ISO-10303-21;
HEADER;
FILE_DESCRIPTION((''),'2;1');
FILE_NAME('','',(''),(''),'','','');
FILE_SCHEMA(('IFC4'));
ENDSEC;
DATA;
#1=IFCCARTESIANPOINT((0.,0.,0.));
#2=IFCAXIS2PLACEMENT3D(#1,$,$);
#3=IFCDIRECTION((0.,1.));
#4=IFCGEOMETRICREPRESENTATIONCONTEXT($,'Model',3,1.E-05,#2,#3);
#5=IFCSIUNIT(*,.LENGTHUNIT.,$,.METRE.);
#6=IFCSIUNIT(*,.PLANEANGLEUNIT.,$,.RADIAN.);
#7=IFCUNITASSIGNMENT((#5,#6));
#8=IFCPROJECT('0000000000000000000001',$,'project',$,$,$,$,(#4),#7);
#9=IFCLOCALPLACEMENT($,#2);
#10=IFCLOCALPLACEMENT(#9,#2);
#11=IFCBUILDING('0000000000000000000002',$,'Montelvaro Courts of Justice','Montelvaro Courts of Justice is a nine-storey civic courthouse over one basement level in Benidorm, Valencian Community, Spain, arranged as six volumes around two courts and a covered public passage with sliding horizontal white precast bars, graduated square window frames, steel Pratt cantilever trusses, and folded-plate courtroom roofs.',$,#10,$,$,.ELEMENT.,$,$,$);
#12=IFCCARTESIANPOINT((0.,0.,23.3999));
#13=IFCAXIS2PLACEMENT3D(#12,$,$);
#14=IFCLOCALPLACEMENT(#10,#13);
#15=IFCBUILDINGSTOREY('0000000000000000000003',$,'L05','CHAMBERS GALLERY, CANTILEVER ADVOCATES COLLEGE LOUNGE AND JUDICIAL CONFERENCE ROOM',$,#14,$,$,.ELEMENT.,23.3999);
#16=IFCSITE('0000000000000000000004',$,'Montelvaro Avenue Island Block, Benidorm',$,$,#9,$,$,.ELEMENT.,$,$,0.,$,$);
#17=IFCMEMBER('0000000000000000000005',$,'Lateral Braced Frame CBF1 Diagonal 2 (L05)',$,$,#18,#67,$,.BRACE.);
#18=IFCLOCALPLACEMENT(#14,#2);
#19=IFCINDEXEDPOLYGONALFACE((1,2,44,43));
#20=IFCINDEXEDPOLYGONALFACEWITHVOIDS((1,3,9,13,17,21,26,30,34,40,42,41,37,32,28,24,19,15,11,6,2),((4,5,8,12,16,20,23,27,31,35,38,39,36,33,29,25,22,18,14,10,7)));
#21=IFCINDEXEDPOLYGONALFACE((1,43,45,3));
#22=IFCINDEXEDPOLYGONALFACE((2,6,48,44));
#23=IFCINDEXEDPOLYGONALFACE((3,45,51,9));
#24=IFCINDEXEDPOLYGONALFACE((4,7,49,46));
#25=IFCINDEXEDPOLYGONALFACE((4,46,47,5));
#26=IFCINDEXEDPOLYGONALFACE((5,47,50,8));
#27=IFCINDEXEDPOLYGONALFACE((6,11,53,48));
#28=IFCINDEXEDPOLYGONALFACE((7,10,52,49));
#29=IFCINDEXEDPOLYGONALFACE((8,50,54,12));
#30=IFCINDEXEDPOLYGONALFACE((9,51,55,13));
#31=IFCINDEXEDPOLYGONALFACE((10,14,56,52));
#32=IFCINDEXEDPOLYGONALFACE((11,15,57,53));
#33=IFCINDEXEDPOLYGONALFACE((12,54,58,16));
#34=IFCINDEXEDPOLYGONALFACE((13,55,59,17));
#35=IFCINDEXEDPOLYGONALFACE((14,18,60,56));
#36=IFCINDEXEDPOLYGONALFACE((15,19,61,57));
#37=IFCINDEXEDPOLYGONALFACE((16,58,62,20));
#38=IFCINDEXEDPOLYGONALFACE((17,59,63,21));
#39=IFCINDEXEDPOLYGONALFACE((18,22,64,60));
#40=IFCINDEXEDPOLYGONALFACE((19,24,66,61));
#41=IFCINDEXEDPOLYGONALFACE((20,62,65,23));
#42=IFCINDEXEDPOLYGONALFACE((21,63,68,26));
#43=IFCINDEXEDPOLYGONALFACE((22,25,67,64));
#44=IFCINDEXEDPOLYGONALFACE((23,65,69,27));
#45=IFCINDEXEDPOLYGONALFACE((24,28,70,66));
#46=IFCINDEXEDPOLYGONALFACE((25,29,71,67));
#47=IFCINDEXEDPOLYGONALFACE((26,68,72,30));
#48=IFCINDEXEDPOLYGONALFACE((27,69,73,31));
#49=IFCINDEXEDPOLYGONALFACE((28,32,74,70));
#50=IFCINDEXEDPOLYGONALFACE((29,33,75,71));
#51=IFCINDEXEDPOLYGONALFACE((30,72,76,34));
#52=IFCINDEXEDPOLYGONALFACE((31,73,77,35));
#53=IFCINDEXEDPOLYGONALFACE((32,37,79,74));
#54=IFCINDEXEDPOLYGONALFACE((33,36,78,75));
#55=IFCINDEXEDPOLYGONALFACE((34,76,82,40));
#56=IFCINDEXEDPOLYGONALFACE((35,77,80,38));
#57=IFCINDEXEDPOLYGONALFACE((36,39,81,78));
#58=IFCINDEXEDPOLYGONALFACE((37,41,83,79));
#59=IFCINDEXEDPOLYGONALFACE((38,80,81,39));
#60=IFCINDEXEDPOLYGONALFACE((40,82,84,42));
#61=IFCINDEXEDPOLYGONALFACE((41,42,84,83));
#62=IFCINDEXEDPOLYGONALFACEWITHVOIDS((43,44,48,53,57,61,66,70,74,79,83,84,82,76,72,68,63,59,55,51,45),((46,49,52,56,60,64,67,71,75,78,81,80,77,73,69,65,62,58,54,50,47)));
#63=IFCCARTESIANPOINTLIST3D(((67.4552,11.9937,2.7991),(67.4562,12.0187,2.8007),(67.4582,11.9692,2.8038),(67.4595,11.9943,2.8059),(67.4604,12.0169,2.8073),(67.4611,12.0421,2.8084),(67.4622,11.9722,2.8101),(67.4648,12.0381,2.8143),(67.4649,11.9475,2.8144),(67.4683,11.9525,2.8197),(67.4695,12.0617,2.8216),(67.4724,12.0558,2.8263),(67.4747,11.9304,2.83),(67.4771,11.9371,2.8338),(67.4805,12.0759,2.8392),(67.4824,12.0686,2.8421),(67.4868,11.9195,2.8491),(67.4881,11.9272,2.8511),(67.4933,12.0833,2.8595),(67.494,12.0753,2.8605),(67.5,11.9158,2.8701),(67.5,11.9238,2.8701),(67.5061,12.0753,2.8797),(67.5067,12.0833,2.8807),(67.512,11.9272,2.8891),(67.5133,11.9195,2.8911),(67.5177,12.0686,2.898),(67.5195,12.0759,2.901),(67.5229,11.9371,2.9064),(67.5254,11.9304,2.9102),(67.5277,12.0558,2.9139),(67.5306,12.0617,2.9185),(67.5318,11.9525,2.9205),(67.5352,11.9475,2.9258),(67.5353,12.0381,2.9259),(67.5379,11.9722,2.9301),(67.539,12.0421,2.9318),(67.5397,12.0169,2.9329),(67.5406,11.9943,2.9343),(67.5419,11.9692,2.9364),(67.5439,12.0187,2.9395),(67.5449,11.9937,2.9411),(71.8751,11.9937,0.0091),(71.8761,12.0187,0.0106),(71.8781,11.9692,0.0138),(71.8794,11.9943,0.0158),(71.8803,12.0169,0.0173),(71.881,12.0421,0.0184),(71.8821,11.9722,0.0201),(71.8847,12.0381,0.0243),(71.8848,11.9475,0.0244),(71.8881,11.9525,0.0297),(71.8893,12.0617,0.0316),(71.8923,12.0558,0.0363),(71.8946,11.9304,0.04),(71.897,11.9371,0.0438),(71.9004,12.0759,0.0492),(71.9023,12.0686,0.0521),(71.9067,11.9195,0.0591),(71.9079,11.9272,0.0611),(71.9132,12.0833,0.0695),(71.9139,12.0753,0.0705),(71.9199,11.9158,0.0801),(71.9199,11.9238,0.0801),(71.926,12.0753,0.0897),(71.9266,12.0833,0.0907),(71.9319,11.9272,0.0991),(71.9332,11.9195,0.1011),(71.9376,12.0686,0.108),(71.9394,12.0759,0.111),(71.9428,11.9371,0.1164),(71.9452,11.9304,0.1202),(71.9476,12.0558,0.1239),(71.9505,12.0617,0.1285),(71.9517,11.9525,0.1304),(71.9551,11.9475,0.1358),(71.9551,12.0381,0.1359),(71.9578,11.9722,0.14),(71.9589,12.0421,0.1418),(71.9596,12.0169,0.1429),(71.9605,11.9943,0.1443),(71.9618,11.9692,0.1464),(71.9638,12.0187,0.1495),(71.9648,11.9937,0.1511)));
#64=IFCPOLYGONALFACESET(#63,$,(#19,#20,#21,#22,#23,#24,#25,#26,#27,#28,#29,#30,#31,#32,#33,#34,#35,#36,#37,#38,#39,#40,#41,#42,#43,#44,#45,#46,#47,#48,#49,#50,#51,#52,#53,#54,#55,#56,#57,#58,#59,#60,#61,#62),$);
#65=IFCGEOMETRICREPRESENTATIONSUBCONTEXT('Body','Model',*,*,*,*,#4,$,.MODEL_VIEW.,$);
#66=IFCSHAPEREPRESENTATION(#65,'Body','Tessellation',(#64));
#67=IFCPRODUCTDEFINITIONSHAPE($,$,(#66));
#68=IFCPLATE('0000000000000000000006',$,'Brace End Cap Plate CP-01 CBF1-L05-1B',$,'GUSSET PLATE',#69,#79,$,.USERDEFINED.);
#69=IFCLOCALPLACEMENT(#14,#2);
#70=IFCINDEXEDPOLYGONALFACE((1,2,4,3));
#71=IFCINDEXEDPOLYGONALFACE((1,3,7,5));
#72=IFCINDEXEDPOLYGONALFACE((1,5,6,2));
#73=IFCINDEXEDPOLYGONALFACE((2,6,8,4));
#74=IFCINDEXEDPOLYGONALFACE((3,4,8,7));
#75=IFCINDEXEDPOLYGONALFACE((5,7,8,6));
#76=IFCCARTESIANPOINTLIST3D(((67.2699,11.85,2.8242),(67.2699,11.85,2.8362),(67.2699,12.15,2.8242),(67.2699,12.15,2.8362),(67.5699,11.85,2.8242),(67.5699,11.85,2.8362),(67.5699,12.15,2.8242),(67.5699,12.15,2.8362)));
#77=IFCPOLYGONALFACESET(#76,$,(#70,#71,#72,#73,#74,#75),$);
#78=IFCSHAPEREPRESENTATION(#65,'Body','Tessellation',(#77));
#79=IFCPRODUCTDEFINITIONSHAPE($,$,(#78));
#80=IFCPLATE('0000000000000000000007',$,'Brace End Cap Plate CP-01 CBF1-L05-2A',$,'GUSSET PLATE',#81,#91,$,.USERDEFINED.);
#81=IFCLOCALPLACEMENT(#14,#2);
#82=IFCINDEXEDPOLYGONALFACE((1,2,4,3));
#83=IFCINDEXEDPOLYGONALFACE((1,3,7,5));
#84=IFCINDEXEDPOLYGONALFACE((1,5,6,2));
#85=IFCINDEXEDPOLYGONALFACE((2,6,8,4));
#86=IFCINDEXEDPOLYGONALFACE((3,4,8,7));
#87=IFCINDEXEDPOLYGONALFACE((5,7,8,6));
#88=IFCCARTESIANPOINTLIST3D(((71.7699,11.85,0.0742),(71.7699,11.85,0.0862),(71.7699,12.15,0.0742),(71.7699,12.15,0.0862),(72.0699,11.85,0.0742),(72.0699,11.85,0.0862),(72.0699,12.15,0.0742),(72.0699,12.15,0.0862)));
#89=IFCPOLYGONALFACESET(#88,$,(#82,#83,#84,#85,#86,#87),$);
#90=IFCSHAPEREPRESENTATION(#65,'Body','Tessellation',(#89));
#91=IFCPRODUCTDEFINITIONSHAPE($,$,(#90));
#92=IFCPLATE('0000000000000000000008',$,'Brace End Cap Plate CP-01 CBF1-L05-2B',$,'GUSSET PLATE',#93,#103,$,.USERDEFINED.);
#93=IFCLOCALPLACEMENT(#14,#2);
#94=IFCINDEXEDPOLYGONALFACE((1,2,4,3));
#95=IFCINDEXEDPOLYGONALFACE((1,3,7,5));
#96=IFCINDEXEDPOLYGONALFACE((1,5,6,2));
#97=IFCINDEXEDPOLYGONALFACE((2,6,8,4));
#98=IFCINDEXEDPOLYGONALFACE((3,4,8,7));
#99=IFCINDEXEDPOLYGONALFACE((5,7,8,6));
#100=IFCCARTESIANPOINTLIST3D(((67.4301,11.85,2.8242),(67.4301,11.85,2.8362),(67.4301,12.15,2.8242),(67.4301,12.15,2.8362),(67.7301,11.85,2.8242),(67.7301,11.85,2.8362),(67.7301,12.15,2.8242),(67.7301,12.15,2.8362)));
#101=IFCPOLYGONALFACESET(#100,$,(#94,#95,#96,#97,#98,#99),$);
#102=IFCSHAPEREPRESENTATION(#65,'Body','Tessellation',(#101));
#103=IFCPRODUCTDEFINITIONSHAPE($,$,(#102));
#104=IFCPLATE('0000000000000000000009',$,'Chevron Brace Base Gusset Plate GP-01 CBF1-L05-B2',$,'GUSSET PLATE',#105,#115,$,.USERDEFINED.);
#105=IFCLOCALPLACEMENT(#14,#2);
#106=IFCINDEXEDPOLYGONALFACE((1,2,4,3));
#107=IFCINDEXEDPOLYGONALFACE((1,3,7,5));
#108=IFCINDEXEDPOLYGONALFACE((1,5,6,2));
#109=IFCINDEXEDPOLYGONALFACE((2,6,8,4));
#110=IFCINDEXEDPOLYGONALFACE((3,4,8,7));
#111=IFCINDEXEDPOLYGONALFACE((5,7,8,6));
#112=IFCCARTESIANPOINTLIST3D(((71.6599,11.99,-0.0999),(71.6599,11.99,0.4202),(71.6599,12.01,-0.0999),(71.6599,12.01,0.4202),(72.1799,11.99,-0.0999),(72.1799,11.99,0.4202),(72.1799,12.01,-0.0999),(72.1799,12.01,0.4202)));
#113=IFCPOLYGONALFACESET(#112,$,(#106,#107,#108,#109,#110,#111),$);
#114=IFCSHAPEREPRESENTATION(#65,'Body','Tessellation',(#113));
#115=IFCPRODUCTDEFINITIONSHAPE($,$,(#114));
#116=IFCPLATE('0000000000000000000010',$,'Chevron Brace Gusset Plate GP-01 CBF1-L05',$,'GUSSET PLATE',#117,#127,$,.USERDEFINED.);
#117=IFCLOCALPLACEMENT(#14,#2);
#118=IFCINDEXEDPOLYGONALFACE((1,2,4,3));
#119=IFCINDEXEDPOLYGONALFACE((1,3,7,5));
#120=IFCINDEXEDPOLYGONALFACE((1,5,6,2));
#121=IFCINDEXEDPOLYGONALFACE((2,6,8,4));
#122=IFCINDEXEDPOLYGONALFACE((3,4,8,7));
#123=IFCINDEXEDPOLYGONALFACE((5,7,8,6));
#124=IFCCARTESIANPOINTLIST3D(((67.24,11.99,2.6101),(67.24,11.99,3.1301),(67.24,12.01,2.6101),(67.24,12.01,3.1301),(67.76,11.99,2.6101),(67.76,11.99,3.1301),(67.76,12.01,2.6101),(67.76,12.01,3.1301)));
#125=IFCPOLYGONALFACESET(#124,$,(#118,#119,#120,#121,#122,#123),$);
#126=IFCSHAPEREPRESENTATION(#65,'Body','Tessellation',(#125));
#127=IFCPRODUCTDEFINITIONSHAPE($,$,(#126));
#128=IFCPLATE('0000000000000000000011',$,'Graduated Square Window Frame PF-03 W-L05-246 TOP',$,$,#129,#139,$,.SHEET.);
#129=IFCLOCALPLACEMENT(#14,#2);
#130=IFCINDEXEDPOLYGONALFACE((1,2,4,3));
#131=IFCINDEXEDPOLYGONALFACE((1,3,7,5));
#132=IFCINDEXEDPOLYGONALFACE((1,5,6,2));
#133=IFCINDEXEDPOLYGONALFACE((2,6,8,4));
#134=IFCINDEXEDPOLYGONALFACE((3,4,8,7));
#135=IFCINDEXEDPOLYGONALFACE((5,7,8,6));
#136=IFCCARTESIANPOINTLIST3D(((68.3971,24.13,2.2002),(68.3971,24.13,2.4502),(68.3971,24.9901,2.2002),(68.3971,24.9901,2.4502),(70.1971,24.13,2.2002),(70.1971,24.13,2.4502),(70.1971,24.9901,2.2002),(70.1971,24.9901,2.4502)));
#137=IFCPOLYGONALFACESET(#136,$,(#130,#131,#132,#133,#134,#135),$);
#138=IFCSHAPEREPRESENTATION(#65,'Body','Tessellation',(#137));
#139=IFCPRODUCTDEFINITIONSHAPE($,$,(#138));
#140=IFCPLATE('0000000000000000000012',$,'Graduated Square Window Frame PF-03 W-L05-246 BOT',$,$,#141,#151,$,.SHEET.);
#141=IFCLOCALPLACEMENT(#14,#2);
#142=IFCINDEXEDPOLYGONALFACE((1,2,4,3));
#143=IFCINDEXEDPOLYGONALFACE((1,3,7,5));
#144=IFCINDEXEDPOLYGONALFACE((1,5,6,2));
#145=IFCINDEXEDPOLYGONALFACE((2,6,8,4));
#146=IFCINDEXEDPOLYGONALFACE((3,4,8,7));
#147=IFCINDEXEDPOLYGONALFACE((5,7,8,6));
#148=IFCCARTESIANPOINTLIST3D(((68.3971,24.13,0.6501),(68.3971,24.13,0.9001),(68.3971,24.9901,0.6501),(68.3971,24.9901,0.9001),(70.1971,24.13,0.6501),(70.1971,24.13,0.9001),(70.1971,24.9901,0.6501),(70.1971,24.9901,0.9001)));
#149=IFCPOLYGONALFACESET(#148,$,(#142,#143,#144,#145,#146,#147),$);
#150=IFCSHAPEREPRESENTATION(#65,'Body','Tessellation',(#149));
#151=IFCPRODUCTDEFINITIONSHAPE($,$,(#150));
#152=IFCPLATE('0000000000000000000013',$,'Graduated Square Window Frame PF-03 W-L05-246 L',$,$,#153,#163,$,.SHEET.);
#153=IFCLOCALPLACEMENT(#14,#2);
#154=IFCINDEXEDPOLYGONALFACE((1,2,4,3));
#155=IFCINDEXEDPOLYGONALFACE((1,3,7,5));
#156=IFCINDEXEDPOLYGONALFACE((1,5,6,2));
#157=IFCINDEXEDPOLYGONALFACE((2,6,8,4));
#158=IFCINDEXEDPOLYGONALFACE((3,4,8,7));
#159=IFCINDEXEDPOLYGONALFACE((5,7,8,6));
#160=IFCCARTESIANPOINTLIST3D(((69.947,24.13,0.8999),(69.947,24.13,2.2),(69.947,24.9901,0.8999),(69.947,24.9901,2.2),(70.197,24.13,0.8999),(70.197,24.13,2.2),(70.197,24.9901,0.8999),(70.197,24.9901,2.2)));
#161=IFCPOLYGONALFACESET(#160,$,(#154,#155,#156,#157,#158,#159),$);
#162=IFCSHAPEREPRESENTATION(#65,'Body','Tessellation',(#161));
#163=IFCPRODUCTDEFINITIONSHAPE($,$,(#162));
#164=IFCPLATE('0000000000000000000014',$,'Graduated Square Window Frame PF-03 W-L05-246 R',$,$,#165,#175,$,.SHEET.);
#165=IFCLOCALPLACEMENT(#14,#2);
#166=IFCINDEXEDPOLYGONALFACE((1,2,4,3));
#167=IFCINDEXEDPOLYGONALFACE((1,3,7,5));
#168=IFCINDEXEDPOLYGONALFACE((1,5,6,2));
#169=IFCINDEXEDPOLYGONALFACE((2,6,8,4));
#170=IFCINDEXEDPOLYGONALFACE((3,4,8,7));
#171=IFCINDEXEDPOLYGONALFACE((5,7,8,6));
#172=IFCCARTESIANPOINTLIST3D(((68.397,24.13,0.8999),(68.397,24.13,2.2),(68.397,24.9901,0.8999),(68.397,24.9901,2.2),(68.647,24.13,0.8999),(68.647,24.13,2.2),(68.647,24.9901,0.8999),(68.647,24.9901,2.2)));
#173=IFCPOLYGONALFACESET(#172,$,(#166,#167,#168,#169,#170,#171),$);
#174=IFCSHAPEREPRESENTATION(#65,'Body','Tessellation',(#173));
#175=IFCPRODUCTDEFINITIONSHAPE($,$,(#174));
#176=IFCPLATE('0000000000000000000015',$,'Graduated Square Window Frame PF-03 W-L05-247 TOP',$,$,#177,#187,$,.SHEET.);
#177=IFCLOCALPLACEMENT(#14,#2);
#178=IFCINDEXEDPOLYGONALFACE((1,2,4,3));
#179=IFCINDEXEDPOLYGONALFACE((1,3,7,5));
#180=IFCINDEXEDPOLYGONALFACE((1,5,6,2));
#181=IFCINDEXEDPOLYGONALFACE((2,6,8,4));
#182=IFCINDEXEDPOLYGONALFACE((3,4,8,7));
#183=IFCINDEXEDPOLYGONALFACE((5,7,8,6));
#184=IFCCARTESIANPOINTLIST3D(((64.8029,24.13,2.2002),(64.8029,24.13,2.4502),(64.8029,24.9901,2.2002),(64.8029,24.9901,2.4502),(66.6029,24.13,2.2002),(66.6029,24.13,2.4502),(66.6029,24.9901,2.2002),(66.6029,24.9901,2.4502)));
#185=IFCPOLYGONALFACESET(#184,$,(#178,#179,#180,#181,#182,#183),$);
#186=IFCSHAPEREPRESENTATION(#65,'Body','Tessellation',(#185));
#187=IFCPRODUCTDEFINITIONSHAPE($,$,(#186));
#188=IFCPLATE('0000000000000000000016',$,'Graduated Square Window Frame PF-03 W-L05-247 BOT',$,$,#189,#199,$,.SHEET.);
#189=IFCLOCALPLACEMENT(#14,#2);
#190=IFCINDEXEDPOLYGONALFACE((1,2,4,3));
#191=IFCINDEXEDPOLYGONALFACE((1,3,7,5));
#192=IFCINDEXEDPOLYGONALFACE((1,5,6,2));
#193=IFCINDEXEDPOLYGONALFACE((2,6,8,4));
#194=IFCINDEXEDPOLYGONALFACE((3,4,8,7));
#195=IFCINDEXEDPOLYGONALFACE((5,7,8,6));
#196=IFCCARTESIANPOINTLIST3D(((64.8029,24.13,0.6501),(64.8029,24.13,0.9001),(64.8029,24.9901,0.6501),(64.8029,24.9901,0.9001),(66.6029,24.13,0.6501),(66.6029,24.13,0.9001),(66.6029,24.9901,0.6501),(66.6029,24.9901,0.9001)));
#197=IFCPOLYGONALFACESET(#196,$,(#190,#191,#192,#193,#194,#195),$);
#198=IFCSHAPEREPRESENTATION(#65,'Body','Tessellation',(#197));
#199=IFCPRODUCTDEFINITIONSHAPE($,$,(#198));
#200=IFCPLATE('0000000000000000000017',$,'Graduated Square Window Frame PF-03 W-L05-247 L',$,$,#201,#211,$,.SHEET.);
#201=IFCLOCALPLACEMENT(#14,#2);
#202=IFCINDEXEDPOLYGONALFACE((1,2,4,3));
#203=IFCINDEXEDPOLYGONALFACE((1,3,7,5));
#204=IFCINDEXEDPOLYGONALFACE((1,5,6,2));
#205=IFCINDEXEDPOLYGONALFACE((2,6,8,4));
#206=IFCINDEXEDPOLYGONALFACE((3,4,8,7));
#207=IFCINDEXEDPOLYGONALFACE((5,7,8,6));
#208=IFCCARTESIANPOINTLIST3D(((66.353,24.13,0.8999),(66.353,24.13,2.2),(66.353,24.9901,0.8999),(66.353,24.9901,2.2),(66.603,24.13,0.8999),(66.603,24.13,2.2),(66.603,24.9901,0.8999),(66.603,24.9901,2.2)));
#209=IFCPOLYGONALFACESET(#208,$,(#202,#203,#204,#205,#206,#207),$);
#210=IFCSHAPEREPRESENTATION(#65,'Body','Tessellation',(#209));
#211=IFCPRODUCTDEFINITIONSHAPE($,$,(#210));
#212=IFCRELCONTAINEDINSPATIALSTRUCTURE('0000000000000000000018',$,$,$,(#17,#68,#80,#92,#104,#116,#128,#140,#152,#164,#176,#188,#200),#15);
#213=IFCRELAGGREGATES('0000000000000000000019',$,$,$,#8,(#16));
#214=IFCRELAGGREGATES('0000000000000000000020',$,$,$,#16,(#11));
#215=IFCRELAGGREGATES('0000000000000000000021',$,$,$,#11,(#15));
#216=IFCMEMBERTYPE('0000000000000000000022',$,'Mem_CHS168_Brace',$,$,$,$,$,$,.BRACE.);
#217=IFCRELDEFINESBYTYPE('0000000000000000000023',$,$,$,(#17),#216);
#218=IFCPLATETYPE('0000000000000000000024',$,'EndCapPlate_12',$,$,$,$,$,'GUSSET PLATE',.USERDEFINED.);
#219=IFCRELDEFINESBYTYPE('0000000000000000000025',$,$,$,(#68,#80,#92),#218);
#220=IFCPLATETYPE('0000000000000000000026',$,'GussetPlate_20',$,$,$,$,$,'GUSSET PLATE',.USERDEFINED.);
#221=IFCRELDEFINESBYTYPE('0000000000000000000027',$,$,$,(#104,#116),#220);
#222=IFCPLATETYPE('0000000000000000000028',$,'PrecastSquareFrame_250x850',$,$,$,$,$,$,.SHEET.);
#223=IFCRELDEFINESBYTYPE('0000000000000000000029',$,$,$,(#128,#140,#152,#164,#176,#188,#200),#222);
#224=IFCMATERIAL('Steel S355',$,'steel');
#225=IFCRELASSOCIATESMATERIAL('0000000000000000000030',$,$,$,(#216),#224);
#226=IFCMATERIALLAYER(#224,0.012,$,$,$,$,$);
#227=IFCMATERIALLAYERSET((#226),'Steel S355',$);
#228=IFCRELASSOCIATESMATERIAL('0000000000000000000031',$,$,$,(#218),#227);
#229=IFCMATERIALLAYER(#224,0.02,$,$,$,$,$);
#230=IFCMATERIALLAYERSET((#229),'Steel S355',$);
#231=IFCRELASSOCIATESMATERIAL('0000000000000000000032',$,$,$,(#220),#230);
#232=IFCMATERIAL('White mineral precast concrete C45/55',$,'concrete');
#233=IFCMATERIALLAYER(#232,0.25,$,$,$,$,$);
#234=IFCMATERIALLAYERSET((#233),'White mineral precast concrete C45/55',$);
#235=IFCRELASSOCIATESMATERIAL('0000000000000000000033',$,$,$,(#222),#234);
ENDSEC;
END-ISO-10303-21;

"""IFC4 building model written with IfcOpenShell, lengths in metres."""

from ifc_helpers import new_model, si_unit, direction, frame, origin, origin_2d, place, context, subcontext, project, spatial, rectangle, hollow_circle, extrude, material, layer, layer_set, material_profile, profile_set, type_object, element, save


model = new_model("IFC4")

# Units and contexts
model_context = context("Model", 3, precision=1e-05, world=origin(), true_north=direction((0.0, 1.0)))
body_context = subcontext(model_context, "Body", "Model", "MODEL_VIEW")
ifc_project = project(units=[si_unit("LENGTHUNIT", "METRE"), si_unit("PLANEANGLEUNIT", "RADIAN")], contexts=[model_context])

# Site, building, storey
site_placement = place(None, origin())
site = spatial("IfcSite", under=ifc_project, at=site_placement, Name="Montelvaro Avenue Island Block, Benidorm", CompositionType="ELEMENT", RefElevation=0.0)
building_placement = place(site_placement, origin())
building = spatial("IfcBuilding", under=site, at=building_placement, Name="Montelvaro Courts of Justice", Description="Montelvaro Courts of Justice is a nine-storey civic courthouse over one basement level in Benidorm, Valencian Community, Spain, arranged as six volumes around two courts and a covered public passage with sliding horizontal white precast bars, graduated square window frames, steel Pratt cantilever trusses, and folded-plate courtroom roofs.", CompositionType="ELEMENT")
storey_placement = place(building_placement, frame((0.0, 0.0, 23.3999)))
storey = spatial("IfcBuildingStorey", under=building, at=storey_placement, Name="L05", Description="CHAMBERS GALLERY, CANTILEVER ADVOCATES COLLEGE LOUNGE AND JUDICIAL CONFERENCE ROOM", CompositionType="ELEMENT", Elevation=23.3999)

# Shared definitions
ifc_material_1 = material(Name="Steel S355", Category="steel")

# Member
ifc_material_profile_1 = material_profile(ifc_material_1, hollow_circle(Radius=0.0842, WallThickness=0.0081, at=origin_2d()), Name="CHS 168.3x8")
ifc_profile_set_1 = profile_set([ifc_material_profile_1], Name="Steel S355")
member_type = type_object("IfcMemberType", Name="Mem_CHS168_Brace", PredefinedType="BRACE", material=ifc_profile_set_1)
member_placement = place(storey_placement, frame((71.9199, 12.0, 0.0801), z_axis=(-0.845618, 0.0, 0.533789), x_axis=(0.0, -1.0, 0.0)))
element("IfcMember", 1, at=member_placement, inside=storey, type_object=member_type, Name="Lateral Braced Frame CBF1 Diagonal 2 (L05)", PredefinedType="BRACE", context=body_context, shape_type="SweptSolid", body=[
    extrude(hollow_circle(Radius=0.0842, WallThickness=0.0081, at=origin_2d()), origin(), (0.0, 0.0, 1.0), 5.2268),
])

# Plates
ifc_layer_1 = layer(ifc_material_1, 0.012)
ifc_layer_set_1 = layer_set([ifc_layer_1], Name="Steel S355")
plate_type_1 = type_object("IfcPlateType", Name="EndCapPlate_12", ElementType="GUSSET PLATE", PredefinedType="USERDEFINED", material=ifc_layer_set_1)
for number, where, z_axis, x_axis, name in (
    (2, (67.4199, 12.0, 2.8242), (0.0, 0.0, 1.0), (1.0, 0.0, 0.0), "Brace End Cap Plate CP-01 CBF1-L05-1B"),
    (3, (71.9199, 12.0, 0.0742), (0.0, 0.0, 1.0), (1.0, 0.0, 0.0), "Brace End Cap Plate CP-01 CBF1-L05-2A"),
    (4, (67.5801, 12.0, 2.8242), (0.0, 0.0, 1.0), (1.0, 0.0, 0.0), "Brace End Cap Plate CP-01 CBF1-L05-2B"),
):
    element("IfcPlate", number, at=place(storey_placement, frame(where, z_axis=z_axis, x_axis=x_axis)), inside=storey, type_object=plate_type_1, Name=name, ObjectType="GUSSET PLATE", PredefinedType="USERDEFINED", context=body_context, shape_type="SweptSolid", body=[
        extrude(rectangle(XDim=0.3, YDim=0.3, at=origin_2d()), origin(), (0.0, 0.0, 1.0), 0.012),
    ])
ifc_layer_2 = layer(ifc_material_1, 0.02)
ifc_layer_set_2 = layer_set([ifc_layer_2], Name="Steel S355")
plate_type_2 = type_object("IfcPlateType", Name="GussetPlate_20", ElementType="GUSSET PLATE", PredefinedType="USERDEFINED", material=ifc_layer_set_2)
for number, where, z_axis, x_axis, name in (
    (5, (71.9199, 12.0, -0.0999), (0.0, 0.0, 1.0), (1.0, 0.0, 0.0), "Chevron Brace Base Gusset Plate GP-01 CBF1-L05-B2"),
    (6, (67.5, 12.0, 2.6101), (0.0, 0.0, 1.0), (1.0, 0.0, 0.0), "Chevron Brace Gusset Plate GP-01 CBF1-L05"),
):
    element("IfcPlate", number, at=place(storey_placement, frame(where, z_axis=z_axis, x_axis=x_axis)), inside=storey, type_object=plate_type_2, Name=name, ObjectType="GUSSET PLATE", PredefinedType="USERDEFINED", context=body_context, shape_type="SweptSolid", body=[
        extrude(rectangle(XDim=0.52, YDim=0.02, at=origin_2d()), origin(), (0.0, 0.0, 1.0), 0.52),
    ])
ifc_material_2 = material(Name="White mineral precast concrete C45/55", Category="concrete")
ifc_layer_3 = layer(ifc_material_2, 0.25)
ifc_layer_set_3 = layer_set([ifc_layer_3], Name="White mineral precast concrete C45/55")
plate_type_3 = type_object("IfcPlateType", Name="PrecastSquareFrame_250x850", PredefinedType="SHEET", material=ifc_layer_set_3)
for number, where, z_axis, x_axis, name in (
    (7, (69.2971, 24.5601, 2.2002), (0.0, 0.0, 1.0), (-1.0, 0.0, 0.0), "Graduated Square Window Frame PF-03 W-L05-246 TOP"),
    (8, (69.2971, 24.5601, 0.6501), (0.0, 0.0, 1.0), (-1.0, 0.0, 0.0), "Graduated Square Window Frame PF-03 W-L05-246 BOT"),
):
    element("IfcPlate", number, at=place(storey_placement, frame(where, z_axis=z_axis, x_axis=x_axis)), inside=storey, type_object=plate_type_3, Name=name, PredefinedType="SHEET", context=body_context, shape_type="SweptSolid", body=[
        extrude(rectangle(XDim=1.8, YDim=0.8601, at=origin_2d()), origin(), (0.0, 0.0, 1.0), 0.25),
    ])
for number, where, z_axis, x_axis, name in (
    (9, (70.072, 24.5601, 0.8999), (0.0, 0.0, 1.0), (-1.0, 0.0, 0.0), "Graduated Square Window Frame PF-03 W-L05-246 L"),
    (10, (68.522, 24.5601, 0.8999), (0.0, 0.0, 1.0), (-1.0, 0.0, 0.0), "Graduated Square Window Frame PF-03 W-L05-246 R"),
):
    element("IfcPlate", number, at=place(storey_placement, frame(where, z_axis=z_axis, x_axis=x_axis)), inside=storey, type_object=plate_type_3, Name=name, PredefinedType="SHEET", context=body_context, shape_type="SweptSolid", body=[
        extrude(rectangle(XDim=0.25, YDim=0.8601, at=origin_2d()), origin(), (0.0, 0.0, 1.0), 1.3),
    ])
for number, where, z_axis, x_axis, name in (
    (11, (65.7029, 24.5601, 2.2002), (0.0, 0.0, 1.0), (-1.0, 0.0, 0.0), "Graduated Square Window Frame PF-03 W-L05-247 TOP"),
    (12, (65.7029, 24.5601, 0.6501), (0.0, 0.0, 1.0), (-1.0, 0.0, 0.0), "Graduated Square Window Frame PF-03 W-L05-247 BOT"),
):
    element("IfcPlate", number, at=place(storey_placement, frame(where, z_axis=z_axis, x_axis=x_axis)), inside=storey, type_object=plate_type_3, Name=name, PredefinedType="SHEET", context=body_context, shape_type="SweptSolid", body=[
        extrude(rectangle(XDim=1.8, YDim=0.8601, at=origin_2d()), origin(), (0.0, 0.0, 1.0), 0.25),
    ])
plate_placement = place(storey_placement, frame((66.478, 24.5601, 0.8999), z_axis=(0.0, 0.0, 1.0), x_axis=(-1.0, 0.0, 0.0)))
element("IfcPlate", 13, at=plate_placement, inside=storey, type_object=plate_type_3, Name="Graduated Square Window Frame PF-03 W-L05-247 L", PredefinedType="SHEET", context=body_context, shape_type="SweptSolid", body=[
    extrude(rectangle(XDim=0.25, YDim=0.8601, at=origin_2d()), origin(), (0.0, 0.0, 1.0), 1.3),
])

save(model, "model.ifc")
